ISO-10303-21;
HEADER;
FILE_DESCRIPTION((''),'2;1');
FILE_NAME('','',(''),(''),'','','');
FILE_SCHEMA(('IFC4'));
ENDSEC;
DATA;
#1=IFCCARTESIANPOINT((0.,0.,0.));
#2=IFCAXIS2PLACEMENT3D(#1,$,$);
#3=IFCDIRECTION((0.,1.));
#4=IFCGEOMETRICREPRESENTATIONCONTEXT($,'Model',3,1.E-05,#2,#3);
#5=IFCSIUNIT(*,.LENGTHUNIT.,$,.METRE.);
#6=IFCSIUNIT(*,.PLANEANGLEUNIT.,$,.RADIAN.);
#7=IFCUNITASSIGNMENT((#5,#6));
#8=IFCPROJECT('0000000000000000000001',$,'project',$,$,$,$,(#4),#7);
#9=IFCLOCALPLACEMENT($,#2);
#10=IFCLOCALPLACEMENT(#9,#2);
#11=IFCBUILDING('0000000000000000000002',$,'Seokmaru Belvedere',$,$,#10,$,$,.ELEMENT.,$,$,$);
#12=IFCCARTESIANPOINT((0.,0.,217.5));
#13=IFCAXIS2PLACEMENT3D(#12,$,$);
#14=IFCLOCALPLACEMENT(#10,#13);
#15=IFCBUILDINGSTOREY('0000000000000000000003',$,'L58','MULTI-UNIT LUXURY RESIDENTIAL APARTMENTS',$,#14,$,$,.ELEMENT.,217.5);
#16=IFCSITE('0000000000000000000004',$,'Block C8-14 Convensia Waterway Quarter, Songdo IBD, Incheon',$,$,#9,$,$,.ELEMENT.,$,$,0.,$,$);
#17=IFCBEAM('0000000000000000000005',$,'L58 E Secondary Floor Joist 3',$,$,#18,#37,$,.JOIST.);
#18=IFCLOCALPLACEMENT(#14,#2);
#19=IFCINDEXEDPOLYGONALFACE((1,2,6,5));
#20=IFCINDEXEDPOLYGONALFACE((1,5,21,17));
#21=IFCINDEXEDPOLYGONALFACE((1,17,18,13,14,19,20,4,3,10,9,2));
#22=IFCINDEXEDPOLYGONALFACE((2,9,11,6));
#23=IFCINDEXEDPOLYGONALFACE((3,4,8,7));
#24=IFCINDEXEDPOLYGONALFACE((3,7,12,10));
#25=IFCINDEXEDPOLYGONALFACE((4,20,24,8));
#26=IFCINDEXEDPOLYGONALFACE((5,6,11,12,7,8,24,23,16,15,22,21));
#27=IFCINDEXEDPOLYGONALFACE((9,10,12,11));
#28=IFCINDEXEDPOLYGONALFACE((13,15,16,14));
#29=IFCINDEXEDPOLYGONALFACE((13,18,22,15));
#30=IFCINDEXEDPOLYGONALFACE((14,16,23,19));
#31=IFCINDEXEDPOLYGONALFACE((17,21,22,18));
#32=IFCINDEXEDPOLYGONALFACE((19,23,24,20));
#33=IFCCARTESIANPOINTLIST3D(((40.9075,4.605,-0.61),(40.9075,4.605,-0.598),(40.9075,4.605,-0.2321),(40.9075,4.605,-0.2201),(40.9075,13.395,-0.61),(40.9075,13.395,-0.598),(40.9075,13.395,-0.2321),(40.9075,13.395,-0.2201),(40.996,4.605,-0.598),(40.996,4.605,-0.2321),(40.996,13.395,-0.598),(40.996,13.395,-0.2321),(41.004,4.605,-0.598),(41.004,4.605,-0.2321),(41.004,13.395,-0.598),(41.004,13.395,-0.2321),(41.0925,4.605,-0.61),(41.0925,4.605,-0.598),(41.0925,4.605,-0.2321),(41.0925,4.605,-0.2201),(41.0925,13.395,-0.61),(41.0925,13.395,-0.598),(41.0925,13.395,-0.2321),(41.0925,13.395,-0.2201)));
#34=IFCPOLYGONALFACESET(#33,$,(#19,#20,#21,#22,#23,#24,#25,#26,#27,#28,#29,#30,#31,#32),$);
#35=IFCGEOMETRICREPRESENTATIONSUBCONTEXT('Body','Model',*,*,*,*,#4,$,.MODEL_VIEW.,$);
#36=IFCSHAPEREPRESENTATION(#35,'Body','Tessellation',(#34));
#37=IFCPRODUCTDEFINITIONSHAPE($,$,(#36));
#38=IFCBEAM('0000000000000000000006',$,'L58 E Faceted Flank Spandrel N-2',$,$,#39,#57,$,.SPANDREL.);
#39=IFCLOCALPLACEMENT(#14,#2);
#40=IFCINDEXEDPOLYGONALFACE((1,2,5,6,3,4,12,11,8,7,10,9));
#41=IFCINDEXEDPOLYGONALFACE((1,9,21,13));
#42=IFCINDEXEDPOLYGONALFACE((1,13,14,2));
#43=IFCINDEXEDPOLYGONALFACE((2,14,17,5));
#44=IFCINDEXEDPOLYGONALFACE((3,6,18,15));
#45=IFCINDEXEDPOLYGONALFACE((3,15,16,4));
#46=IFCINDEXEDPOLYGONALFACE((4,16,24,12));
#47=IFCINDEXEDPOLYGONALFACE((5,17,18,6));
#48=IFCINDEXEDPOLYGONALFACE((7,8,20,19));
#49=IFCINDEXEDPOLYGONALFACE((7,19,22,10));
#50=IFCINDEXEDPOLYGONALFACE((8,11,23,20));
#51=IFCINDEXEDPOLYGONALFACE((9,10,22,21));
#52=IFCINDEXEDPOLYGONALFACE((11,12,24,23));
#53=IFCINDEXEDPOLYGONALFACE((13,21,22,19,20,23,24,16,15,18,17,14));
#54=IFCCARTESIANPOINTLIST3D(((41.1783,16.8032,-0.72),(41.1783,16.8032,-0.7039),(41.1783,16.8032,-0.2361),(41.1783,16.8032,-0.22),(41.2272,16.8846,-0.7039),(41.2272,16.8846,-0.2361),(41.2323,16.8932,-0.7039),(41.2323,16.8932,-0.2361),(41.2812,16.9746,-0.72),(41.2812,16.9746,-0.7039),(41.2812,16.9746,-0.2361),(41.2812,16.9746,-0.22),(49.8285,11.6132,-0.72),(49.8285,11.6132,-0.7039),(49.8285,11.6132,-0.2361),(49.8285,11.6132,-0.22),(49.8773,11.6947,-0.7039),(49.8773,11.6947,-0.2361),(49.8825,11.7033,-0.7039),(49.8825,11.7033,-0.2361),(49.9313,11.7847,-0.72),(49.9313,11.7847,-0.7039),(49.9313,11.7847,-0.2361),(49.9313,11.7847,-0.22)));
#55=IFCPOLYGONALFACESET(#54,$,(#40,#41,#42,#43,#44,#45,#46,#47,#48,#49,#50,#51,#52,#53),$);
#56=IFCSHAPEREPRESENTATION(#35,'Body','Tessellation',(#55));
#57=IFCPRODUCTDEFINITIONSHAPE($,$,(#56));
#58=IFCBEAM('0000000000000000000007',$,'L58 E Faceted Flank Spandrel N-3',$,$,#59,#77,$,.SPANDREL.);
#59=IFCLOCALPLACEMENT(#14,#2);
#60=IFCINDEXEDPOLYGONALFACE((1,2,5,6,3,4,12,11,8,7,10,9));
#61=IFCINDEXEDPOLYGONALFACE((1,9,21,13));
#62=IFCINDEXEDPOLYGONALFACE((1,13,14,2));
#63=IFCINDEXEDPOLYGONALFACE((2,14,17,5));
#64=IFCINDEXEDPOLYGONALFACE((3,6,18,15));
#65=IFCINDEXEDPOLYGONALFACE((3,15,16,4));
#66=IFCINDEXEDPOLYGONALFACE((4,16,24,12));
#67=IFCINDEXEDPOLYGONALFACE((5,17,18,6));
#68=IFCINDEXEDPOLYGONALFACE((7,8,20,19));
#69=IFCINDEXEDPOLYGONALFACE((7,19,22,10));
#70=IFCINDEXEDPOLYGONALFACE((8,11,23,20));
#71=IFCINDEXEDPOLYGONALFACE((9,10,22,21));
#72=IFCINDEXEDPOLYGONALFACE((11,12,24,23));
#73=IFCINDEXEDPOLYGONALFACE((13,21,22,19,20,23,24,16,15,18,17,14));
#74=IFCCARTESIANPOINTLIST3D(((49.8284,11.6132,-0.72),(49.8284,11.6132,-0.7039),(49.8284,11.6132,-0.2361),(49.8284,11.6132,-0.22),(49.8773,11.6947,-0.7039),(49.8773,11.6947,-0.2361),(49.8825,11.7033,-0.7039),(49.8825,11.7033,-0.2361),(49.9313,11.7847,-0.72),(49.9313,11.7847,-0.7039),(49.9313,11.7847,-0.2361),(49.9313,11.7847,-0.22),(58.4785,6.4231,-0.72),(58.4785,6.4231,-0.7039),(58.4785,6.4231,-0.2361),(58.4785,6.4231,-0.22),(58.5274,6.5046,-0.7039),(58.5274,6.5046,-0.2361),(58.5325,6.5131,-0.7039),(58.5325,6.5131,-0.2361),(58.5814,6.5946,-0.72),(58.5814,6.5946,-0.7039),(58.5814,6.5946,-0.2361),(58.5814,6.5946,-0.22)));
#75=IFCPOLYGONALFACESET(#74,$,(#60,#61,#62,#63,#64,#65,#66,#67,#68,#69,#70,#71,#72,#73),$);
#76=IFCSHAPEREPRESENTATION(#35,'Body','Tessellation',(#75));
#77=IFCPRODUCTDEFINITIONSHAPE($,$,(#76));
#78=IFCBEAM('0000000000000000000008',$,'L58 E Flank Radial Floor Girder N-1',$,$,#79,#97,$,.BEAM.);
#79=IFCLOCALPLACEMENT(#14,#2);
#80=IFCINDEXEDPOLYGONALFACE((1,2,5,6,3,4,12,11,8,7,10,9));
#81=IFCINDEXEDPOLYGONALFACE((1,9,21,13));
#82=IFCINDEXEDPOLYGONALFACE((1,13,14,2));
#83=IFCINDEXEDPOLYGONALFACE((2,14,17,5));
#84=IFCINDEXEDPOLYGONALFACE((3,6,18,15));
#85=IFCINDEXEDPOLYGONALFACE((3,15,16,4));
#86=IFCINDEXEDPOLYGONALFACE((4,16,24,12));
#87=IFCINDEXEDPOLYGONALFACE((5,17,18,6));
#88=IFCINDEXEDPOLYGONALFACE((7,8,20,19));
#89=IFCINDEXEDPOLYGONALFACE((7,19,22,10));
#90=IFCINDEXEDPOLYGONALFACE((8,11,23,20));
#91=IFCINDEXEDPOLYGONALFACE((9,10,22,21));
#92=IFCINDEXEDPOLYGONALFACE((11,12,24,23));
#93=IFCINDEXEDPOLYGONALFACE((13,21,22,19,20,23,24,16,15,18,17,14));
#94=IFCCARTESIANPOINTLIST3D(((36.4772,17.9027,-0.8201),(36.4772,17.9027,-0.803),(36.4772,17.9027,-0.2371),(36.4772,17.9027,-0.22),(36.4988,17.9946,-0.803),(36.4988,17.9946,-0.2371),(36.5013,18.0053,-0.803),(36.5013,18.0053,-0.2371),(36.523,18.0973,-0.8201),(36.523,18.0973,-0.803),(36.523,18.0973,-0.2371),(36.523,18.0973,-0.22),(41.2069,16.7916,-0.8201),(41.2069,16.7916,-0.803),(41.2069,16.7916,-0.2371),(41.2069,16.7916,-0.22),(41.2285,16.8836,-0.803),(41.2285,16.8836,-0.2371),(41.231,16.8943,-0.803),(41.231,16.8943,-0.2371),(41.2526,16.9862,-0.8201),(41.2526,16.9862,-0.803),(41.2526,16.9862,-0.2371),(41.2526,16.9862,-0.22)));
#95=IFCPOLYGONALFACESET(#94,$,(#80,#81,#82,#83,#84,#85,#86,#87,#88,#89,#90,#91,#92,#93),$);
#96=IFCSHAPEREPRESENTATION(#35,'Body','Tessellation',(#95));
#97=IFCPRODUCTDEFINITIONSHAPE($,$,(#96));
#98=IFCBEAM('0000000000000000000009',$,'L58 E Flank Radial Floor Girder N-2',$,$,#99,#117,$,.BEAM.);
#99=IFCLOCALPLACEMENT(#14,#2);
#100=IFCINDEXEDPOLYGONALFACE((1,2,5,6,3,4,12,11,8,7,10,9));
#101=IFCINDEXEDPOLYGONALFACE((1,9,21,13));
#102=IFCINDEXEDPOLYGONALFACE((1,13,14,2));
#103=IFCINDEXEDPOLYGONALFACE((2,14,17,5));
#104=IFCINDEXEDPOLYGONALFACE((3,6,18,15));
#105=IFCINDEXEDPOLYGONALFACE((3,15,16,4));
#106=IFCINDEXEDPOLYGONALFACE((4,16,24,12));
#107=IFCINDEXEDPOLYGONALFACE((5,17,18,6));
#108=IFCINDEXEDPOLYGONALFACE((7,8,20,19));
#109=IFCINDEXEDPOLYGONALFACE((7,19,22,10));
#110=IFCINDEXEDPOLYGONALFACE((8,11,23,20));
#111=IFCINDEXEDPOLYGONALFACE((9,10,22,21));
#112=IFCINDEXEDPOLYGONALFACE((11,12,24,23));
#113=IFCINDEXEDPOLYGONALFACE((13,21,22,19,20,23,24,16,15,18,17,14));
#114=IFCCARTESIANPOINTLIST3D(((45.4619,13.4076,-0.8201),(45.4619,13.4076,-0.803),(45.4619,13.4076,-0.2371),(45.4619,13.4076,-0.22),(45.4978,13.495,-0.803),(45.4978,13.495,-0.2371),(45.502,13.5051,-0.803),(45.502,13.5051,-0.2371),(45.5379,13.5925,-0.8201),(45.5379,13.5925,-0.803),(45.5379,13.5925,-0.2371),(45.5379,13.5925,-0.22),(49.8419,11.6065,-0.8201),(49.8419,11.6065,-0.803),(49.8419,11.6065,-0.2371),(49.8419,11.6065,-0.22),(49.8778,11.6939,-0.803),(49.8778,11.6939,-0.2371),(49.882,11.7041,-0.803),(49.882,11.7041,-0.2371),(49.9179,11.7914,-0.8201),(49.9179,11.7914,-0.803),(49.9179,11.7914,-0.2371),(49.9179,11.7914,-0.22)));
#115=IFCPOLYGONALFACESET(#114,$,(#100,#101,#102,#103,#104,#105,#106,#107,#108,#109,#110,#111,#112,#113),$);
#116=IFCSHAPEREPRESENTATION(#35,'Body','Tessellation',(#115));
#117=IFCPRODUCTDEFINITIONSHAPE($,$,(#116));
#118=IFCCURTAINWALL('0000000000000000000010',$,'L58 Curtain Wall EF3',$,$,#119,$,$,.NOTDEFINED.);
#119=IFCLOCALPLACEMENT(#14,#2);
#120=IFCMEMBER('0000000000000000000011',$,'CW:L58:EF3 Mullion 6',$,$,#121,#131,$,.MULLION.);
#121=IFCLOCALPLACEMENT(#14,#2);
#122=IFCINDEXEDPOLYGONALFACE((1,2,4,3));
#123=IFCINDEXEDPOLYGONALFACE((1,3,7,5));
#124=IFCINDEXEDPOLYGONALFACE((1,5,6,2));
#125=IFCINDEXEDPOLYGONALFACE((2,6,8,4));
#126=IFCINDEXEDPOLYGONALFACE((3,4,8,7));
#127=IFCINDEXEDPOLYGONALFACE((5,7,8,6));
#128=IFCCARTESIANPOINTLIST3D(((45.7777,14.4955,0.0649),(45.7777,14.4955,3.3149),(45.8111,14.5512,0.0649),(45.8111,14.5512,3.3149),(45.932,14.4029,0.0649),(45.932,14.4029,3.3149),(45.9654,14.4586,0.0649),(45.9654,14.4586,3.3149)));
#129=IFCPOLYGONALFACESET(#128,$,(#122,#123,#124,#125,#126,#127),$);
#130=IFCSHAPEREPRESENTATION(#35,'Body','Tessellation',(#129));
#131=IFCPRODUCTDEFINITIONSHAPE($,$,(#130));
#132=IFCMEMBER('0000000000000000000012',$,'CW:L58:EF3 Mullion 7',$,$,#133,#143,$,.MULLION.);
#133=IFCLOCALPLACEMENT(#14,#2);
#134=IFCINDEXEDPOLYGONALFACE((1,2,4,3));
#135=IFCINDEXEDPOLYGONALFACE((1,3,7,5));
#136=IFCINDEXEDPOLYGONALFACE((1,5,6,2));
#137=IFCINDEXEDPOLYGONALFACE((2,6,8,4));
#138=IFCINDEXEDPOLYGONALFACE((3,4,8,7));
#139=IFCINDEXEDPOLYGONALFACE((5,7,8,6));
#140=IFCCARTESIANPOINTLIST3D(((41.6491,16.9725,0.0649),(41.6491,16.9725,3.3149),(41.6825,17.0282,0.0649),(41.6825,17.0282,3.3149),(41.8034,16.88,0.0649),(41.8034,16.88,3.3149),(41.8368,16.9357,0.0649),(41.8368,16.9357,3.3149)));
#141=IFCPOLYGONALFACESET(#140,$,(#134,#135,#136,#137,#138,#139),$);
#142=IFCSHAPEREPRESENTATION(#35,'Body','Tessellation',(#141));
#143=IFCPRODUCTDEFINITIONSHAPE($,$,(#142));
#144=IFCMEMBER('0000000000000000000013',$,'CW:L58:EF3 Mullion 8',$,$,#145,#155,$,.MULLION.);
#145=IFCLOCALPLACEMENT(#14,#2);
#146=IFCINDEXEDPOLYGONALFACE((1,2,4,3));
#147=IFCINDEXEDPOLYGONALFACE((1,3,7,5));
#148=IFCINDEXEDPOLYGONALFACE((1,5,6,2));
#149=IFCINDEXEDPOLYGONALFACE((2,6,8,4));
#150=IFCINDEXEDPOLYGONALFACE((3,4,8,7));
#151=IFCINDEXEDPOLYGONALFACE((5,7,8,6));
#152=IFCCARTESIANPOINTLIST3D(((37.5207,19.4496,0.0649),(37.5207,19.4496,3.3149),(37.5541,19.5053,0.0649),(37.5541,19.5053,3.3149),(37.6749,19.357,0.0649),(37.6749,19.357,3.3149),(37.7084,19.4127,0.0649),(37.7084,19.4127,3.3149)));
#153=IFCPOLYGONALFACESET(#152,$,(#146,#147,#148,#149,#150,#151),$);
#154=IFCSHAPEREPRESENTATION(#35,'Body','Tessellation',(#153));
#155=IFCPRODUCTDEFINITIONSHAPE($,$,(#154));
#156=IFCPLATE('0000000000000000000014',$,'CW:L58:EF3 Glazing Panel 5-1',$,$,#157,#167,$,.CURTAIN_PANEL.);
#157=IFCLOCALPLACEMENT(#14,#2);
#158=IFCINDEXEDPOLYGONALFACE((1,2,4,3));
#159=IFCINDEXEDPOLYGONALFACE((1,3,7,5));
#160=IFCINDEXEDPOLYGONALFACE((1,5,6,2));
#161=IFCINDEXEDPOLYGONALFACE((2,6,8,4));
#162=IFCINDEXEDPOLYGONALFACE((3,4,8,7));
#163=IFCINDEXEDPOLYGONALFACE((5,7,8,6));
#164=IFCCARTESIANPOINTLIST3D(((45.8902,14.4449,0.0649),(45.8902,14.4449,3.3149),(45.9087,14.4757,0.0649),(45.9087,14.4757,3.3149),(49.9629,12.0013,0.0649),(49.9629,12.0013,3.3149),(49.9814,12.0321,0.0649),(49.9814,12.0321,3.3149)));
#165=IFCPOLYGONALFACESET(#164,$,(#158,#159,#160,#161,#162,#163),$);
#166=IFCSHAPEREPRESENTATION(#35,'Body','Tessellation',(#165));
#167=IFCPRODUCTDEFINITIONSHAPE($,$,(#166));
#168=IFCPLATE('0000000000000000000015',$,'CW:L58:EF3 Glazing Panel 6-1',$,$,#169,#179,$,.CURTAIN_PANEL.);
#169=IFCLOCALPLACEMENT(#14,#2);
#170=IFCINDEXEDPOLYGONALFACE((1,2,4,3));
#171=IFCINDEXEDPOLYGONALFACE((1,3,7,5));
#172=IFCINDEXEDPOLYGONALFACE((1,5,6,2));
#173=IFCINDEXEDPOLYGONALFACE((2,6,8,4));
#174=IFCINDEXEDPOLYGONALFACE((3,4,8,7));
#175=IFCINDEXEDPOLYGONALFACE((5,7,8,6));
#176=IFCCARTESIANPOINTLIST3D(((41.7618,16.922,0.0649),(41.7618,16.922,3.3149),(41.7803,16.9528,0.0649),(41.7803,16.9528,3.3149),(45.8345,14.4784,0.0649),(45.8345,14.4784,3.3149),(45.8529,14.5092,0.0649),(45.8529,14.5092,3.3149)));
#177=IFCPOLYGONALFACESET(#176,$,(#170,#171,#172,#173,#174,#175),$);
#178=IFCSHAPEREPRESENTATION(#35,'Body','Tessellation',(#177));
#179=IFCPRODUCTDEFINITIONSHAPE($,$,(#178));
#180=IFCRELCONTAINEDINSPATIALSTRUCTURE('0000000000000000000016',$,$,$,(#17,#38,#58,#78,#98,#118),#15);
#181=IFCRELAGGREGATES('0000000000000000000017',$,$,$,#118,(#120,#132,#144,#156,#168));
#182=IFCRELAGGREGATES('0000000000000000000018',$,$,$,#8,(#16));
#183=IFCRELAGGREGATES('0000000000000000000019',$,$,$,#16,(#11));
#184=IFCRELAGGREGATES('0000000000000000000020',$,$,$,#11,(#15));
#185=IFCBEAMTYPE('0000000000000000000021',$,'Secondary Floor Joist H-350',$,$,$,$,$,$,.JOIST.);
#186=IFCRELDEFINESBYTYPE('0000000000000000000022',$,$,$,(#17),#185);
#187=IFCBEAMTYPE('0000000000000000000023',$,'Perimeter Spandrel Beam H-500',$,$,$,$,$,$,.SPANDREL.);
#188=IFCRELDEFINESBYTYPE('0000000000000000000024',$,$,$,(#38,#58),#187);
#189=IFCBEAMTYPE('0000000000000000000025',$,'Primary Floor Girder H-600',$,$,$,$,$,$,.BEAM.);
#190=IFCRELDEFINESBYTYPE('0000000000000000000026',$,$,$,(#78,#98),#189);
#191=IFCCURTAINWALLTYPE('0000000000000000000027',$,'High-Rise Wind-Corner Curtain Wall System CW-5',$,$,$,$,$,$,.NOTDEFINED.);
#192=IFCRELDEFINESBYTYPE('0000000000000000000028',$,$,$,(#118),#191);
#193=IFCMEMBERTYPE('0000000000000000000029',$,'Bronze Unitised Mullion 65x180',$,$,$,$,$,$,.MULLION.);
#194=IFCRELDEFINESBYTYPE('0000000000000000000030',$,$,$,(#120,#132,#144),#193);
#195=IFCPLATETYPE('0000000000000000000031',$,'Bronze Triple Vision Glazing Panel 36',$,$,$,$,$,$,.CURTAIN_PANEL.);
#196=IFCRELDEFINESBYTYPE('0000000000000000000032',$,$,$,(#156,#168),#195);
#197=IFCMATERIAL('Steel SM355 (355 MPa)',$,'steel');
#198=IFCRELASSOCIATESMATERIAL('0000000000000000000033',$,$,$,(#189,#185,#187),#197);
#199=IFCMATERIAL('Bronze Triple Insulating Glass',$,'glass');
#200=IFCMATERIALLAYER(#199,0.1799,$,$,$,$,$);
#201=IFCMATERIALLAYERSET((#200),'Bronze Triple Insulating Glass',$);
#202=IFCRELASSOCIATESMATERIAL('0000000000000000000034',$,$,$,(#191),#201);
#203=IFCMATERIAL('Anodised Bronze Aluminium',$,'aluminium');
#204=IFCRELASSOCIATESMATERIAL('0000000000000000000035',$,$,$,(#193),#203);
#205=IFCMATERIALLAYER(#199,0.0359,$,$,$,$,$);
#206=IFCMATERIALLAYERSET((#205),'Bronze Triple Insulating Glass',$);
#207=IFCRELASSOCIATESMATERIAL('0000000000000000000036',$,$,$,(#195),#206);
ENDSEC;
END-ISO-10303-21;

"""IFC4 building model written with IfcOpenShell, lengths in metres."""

from ifc_helpers import new_model, si_unit, direction, frame, origin, origin_2d, place, context, subcontext, project, spatial, rectangle, i_section, extrude, source, transform, mapped, material, layer, layer_set, material_profile, profile_set, type_object, type_shapes, element, aggregate, save


model = new_model("IFC4")

# Units and contexts
model_context = context("Model", 3, precision=1e-05, world=origin(), true_north=direction((0.0, 1.0)))
body_context = subcontext(model_context, "Body", "Model", "MODEL_VIEW")
ifc_project = project(units=[si_unit("LENGTHUNIT", "METRE"), si_unit("PLANEANGLEUNIT", "RADIAN")], contexts=[model_context])

# Site, building, storey
site_placement = place(None, origin())
site = spatial("IfcSite", under=ifc_project, at=site_placement, Name="Block C8-14 Convensia Waterway Quarter, Songdo IBD, Incheon", CompositionType="ELEMENT", RefElevation=0.0)
building_placement = place(site_placement, origin())
building = spatial("IfcBuilding", under=site, at=building_placement, Name="Seokmaru Belvedere", CompositionType="ELEMENT")
storey_placement = place(building_placement, frame((0.0, 0.0, 217.5)))
storey = spatial("IfcBuildingStorey", under=building, at=storey_placement, Name="L58", Description="MULTI-UNIT LUXURY RESIDENTIAL APARTMENTS", CompositionType="ELEMENT", Elevation=217.5)

# Shared definitions
ifc_material_1 = material(Name="Steel SM355 (355 MPa)", Category="steel")

# Beams
ifc_material_profile_1 = material_profile(ifc_material_1, i_section(OverallWidth=0.2, OverallDepth=0.6001, WebThickness=0.011, FlangeThickness=0.0171, at=origin_2d()), Name="H-600x200x11x17")
ifc_profile_set_1 = profile_set([ifc_material_profile_1], Name="Steel SM355 (355 MPa)")
beam_type_1 = type_object("IfcBeamType", Name="Primary Floor Girder H-600", PredefinedType="BEAM", material=ifc_profile_set_1)
ifc_material_profile_2 = material_profile(ifc_material_1, i_section(OverallWidth=0.1851, OverallDepth=0.3899, WebThickness=0.0081, FlangeThickness=0.012, at=origin_2d()), Name="H-390x185x8x12")
ifc_profile_set_2 = profile_set([ifc_material_profile_2], Name="Steel SM355 (355 MPa)")
beam_type_2 = type_object("IfcBeamType", Name="Secondary Floor Joist H-350", PredefinedType="JOIST", material=ifc_profile_set_2)
shared_shape_1 = source(origin(), body_context, "Body", "SweptSolid", [
    extrude(i_section(OverallWidth=0.1851, OverallDepth=0.3899, WebThickness=0.0081, FlangeThickness=0.012, at=origin_2d()), origin(), (0.0, 0.0, 1.0), 8.79),
])
type_shapes(beam_type_2, [shared_shape_1])
for number, where, z_axis, x_axis, name in (
    (1, (41.0, 4.605, -0.415), (0.0, 1.0, 0.0), (-1.0, 0.0, 0.0), "L58 E Secondary Floor Joist 3"),
):
    element("IfcBeam", number, at=place(storey_placement, frame(where, z_axis=z_axis, x_axis=x_axis)), inside=storey, type_object=beam_type_2, Name=name, PredefinedType="JOIST", context=body_context, shape_type="MappedRepresentation", body=[
        mapped(shared_shape_1, transform((0.0, 0.0, 0.0), scale=1.0)),
    ])
ifc_material_profile_3 = material_profile(ifc_material_1, i_section(OverallWidth=0.2, OverallDepth=0.5, WebThickness=0.01, FlangeThickness=0.0161, at=origin_2d()), Name="H-500x200x10x16")
ifc_profile_set_3 = profile_set([ifc_material_profile_3], Name="Steel SM355 (355 MPa)")
beam_type_3 = type_object("IfcBeamType", Name="Perimeter Spandrel Beam H-500", PredefinedType="SPANDREL", material=ifc_profile_set_3)
shared_shape_2 = source(origin(), body_context, "Body", "SweptSolid", [
    extrude(i_section(OverallWidth=0.2, OverallDepth=0.5, WebThickness=0.01, FlangeThickness=0.0161, at=origin_2d()), origin(), (0.0, 0.0, 1.0), 10.0876),
])
type_shapes(beam_type_3, [shared_shape_2])
for number, where, z_axis, x_axis, name in (
    (2, (41.2297, 16.8889, -0.47), (0.857499, -0.514485, 0.0), (0.514485, 0.857499, 0.0), "L58 E Faceted Flank Spandrel N-2"),
    (3, (49.8799, 11.699, -0.47), (0.857489, -0.514503, 0.0), (0.514503, 0.857489, 0.0), "L58 E Faceted Flank Spandrel N-3"),
):
    element("IfcBeam", number, at=place(storey_placement, frame(where, z_axis=z_axis, x_axis=x_axis)), inside=storey, type_object=beam_type_3, Name=name, PredefinedType="SPANDREL", context=body_context, shape_type="MappedRepresentation", body=[
        mapped(shared_shape_2, transform((0.0, 0.0, 0.0), scale=1.0)),
    ])
shared_shape_3 = source(origin(), body_context, "Body", "SweptSolid", [
    extrude(i_section(OverallWidth=0.2, OverallDepth=0.6001, WebThickness=0.011, FlangeThickness=0.0171, at=origin_2d()), origin(), (0.0, 0.0, 1.0), 4.8584),
])
beam_1_placement = place(storey_placement, frame((41.2297, 16.8889, -0.52), z_axis=(-0.973499, 0.228689, 0.0), x_axis=(-0.228689, -0.973499, 0.0)))
element("IfcBeam", 4, at=beam_1_placement, inside=storey, type_object=beam_type_1, Name="L58 E Flank Radial Floor Girder N-1", PredefinedType="BEAM", context=body_context, shape_type="MappedRepresentation", body=[
    mapped(shared_shape_3, transform((0.0, 0.0, 0.0), scale=1.0)),
])
shared_shape_4 = source(origin(), body_context, "Body", "SweptSolid", [
    extrude(i_section(OverallWidth=0.2, OverallDepth=0.6001, WebThickness=0.011, FlangeThickness=0.0171, at=origin_2d()), origin(), (0.0, 0.0, 1.0), 4.7358),
])
beam_2_placement = place(storey_placement, frame((49.8799, 11.699, -0.52), z_axis=(-0.924861, 0.380306, 0.0), x_axis=(-0.380306, -0.924861, 0.0)))
element("IfcBeam", 5, at=beam_2_placement, inside=storey, type_object=beam_type_1, Name="L58 E Flank Radial Floor Girder N-2", PredefinedType="BEAM", context=body_context, shape_type="MappedRepresentation", body=[
    mapped(shared_shape_4, transform((0.0, 0.0, 0.0), scale=1.0)),
])

# Curtain wall, members, plates
ifc_material_2 = material(Name="Bronze Triple Insulating Glass", Category="glass")
ifc_layer_1 = layer(ifc_material_2, 0.1799)
ifc_layer_set_1 = layer_set([ifc_layer_1], Name="Bronze Triple Insulating Glass")
curtain_wall_type = type_object("IfcCurtainWallType", Name="High-Rise Wind-Corner Curtain Wall System CW-5", PredefinedType="NOTDEFINED", material=ifc_layer_set_1)
curtain_wall_placement = place(storey_placement, origin())
curtain_wall = element("IfcCurtainWall", 6, at=curtain_wall_placement, inside=storey, type_object=curtain_wall_type, Name="L58 Curtain Wall EF3", PredefinedType="NOTDEFINED")
ifc_material_3 = material(Name="Anodised Bronze Aluminium", Category="aluminium")
ifc_material_profile_4 = material_profile(ifc_material_3, rectangle(XDim=0.0649, YDim=0.1799, at=origin_2d()), Name="CW-M-65x180")
ifc_profile_set_4 = profile_set([ifc_material_profile_4], Name="Anodised Bronze Aluminium")
member_type = type_object("IfcMemberType", Name="Bronze Unitised Mullion 65x180", PredefinedType="MULLION", material=ifc_profile_set_4)
shared_shape_5 = source(origin(), body_context, "Body", "SweptSolid", [
    extrude(rectangle(XDim=0.0649, YDim=0.1799, at=origin_2d()), origin(), (0.0, 0.0, 1.0), 3.25),
])
type_shapes(member_type, [shared_shape_5])
member_1_placement = place(storey_placement, frame((45.8716, 14.4771, 0.0649), z_axis=(0.0, 0.0, 1.0), x_axis=(-0.514495, -0.857493, 0.0)))
member_1 = element("IfcMember", 7, at=member_1_placement, type_object=member_type, Name="CW:L58:EF3 Mullion 6", PredefinedType="MULLION", context=body_context, shape_type="MappedRepresentation", body=[
    mapped(shared_shape_5, transform((0.0, 0.0, 0.0), scale=1.0)),
])
member_2_placement = place(storey_placement, frame((41.7429, 16.9541, 0.0649), z_axis=(0.0, 0.0, 1.0), x_axis=(-0.514495, -0.857493, 0.0)))
member_2 = element("IfcMember", 8, at=member_2_placement, type_object=member_type, Name="CW:L58:EF3 Mullion 7", PredefinedType="MULLION", context=body_context, shape_type="MappedRepresentation", body=[
    mapped(shared_shape_5, transform((0.0, 0.0, 0.0), scale=1.0)),
])
member_3_placement = place(storey_placement, frame((37.6145, 19.4312, 0.0649), z_axis=(0.0, 0.0, 1.0), x_axis=(-0.514495, -0.857493, 0.0)))
member_3 = element("IfcMember", 9, at=member_3_placement, type_object=member_type, Name="CW:L58:EF3 Mullion 8", PredefinedType="MULLION", context=body_context, shape_type="MappedRepresentation", body=[
    mapped(shared_shape_5, transform((0.0, 0.0, 0.0), scale=1.0)),
])
ifc_layer_2 = layer(ifc_material_2, 0.0359)
ifc_layer_set_2 = layer_set([ifc_layer_2], Name="Bronze Triple Insulating Glass")
plate_type = type_object("IfcPlateType", Name="Bronze Triple Vision Glazing Panel 36", PredefinedType="CURTAIN_PANEL", material=ifc_layer_set_2)
shared_shape_6 = source(origin(), body_context, "Body", "SweptSolid", [
    extrude(rectangle(XDim=4.7495, YDim=0.0359, at=origin_2d()), origin(), (0.0, 0.0, 1.0), 3.25),
])
type_shapes(plate_type, [shared_shape_6])
plate_1_placement = place(storey_placement, frame((47.9358, 13.2385, 0.0649), z_axis=(0.0, 0.0, 1.0), x_axis=(-0.857493, 0.514495, 0.0)))
plate_1 = element("IfcPlate", 10, at=plate_1_placement, type_object=plate_type, Name="CW:L58:EF3 Glazing Panel 5-1", PredefinedType="CURTAIN_PANEL", context=body_context, shape_type="MappedRepresentation", body=[
    mapped(shared_shape_6, transform((0.0, 0.0, 0.0), scale=1.0)),
])
plate_2_placement = place(storey_placement, frame((43.8074, 15.7156, 0.0649), z_axis=(0.0, 0.0, 1.0), x_axis=(-0.857493, 0.514495, 0.0)))
plate_2 = element("IfcPlate", 11, at=plate_2_placement, type_object=plate_type, Name="CW:L58:EF3 Glazing Panel 6-1", PredefinedType="CURTAIN_PANEL", context=body_context, shape_type="MappedRepresentation", body=[
    mapped(shared_shape_6, transform((0.0, 0.0, 0.0), scale=1.0)),
])
aggregate(curtain_wall, [member_1, member_2, member_3, plate_1, plate_2])

save(model, "model.ifc")
